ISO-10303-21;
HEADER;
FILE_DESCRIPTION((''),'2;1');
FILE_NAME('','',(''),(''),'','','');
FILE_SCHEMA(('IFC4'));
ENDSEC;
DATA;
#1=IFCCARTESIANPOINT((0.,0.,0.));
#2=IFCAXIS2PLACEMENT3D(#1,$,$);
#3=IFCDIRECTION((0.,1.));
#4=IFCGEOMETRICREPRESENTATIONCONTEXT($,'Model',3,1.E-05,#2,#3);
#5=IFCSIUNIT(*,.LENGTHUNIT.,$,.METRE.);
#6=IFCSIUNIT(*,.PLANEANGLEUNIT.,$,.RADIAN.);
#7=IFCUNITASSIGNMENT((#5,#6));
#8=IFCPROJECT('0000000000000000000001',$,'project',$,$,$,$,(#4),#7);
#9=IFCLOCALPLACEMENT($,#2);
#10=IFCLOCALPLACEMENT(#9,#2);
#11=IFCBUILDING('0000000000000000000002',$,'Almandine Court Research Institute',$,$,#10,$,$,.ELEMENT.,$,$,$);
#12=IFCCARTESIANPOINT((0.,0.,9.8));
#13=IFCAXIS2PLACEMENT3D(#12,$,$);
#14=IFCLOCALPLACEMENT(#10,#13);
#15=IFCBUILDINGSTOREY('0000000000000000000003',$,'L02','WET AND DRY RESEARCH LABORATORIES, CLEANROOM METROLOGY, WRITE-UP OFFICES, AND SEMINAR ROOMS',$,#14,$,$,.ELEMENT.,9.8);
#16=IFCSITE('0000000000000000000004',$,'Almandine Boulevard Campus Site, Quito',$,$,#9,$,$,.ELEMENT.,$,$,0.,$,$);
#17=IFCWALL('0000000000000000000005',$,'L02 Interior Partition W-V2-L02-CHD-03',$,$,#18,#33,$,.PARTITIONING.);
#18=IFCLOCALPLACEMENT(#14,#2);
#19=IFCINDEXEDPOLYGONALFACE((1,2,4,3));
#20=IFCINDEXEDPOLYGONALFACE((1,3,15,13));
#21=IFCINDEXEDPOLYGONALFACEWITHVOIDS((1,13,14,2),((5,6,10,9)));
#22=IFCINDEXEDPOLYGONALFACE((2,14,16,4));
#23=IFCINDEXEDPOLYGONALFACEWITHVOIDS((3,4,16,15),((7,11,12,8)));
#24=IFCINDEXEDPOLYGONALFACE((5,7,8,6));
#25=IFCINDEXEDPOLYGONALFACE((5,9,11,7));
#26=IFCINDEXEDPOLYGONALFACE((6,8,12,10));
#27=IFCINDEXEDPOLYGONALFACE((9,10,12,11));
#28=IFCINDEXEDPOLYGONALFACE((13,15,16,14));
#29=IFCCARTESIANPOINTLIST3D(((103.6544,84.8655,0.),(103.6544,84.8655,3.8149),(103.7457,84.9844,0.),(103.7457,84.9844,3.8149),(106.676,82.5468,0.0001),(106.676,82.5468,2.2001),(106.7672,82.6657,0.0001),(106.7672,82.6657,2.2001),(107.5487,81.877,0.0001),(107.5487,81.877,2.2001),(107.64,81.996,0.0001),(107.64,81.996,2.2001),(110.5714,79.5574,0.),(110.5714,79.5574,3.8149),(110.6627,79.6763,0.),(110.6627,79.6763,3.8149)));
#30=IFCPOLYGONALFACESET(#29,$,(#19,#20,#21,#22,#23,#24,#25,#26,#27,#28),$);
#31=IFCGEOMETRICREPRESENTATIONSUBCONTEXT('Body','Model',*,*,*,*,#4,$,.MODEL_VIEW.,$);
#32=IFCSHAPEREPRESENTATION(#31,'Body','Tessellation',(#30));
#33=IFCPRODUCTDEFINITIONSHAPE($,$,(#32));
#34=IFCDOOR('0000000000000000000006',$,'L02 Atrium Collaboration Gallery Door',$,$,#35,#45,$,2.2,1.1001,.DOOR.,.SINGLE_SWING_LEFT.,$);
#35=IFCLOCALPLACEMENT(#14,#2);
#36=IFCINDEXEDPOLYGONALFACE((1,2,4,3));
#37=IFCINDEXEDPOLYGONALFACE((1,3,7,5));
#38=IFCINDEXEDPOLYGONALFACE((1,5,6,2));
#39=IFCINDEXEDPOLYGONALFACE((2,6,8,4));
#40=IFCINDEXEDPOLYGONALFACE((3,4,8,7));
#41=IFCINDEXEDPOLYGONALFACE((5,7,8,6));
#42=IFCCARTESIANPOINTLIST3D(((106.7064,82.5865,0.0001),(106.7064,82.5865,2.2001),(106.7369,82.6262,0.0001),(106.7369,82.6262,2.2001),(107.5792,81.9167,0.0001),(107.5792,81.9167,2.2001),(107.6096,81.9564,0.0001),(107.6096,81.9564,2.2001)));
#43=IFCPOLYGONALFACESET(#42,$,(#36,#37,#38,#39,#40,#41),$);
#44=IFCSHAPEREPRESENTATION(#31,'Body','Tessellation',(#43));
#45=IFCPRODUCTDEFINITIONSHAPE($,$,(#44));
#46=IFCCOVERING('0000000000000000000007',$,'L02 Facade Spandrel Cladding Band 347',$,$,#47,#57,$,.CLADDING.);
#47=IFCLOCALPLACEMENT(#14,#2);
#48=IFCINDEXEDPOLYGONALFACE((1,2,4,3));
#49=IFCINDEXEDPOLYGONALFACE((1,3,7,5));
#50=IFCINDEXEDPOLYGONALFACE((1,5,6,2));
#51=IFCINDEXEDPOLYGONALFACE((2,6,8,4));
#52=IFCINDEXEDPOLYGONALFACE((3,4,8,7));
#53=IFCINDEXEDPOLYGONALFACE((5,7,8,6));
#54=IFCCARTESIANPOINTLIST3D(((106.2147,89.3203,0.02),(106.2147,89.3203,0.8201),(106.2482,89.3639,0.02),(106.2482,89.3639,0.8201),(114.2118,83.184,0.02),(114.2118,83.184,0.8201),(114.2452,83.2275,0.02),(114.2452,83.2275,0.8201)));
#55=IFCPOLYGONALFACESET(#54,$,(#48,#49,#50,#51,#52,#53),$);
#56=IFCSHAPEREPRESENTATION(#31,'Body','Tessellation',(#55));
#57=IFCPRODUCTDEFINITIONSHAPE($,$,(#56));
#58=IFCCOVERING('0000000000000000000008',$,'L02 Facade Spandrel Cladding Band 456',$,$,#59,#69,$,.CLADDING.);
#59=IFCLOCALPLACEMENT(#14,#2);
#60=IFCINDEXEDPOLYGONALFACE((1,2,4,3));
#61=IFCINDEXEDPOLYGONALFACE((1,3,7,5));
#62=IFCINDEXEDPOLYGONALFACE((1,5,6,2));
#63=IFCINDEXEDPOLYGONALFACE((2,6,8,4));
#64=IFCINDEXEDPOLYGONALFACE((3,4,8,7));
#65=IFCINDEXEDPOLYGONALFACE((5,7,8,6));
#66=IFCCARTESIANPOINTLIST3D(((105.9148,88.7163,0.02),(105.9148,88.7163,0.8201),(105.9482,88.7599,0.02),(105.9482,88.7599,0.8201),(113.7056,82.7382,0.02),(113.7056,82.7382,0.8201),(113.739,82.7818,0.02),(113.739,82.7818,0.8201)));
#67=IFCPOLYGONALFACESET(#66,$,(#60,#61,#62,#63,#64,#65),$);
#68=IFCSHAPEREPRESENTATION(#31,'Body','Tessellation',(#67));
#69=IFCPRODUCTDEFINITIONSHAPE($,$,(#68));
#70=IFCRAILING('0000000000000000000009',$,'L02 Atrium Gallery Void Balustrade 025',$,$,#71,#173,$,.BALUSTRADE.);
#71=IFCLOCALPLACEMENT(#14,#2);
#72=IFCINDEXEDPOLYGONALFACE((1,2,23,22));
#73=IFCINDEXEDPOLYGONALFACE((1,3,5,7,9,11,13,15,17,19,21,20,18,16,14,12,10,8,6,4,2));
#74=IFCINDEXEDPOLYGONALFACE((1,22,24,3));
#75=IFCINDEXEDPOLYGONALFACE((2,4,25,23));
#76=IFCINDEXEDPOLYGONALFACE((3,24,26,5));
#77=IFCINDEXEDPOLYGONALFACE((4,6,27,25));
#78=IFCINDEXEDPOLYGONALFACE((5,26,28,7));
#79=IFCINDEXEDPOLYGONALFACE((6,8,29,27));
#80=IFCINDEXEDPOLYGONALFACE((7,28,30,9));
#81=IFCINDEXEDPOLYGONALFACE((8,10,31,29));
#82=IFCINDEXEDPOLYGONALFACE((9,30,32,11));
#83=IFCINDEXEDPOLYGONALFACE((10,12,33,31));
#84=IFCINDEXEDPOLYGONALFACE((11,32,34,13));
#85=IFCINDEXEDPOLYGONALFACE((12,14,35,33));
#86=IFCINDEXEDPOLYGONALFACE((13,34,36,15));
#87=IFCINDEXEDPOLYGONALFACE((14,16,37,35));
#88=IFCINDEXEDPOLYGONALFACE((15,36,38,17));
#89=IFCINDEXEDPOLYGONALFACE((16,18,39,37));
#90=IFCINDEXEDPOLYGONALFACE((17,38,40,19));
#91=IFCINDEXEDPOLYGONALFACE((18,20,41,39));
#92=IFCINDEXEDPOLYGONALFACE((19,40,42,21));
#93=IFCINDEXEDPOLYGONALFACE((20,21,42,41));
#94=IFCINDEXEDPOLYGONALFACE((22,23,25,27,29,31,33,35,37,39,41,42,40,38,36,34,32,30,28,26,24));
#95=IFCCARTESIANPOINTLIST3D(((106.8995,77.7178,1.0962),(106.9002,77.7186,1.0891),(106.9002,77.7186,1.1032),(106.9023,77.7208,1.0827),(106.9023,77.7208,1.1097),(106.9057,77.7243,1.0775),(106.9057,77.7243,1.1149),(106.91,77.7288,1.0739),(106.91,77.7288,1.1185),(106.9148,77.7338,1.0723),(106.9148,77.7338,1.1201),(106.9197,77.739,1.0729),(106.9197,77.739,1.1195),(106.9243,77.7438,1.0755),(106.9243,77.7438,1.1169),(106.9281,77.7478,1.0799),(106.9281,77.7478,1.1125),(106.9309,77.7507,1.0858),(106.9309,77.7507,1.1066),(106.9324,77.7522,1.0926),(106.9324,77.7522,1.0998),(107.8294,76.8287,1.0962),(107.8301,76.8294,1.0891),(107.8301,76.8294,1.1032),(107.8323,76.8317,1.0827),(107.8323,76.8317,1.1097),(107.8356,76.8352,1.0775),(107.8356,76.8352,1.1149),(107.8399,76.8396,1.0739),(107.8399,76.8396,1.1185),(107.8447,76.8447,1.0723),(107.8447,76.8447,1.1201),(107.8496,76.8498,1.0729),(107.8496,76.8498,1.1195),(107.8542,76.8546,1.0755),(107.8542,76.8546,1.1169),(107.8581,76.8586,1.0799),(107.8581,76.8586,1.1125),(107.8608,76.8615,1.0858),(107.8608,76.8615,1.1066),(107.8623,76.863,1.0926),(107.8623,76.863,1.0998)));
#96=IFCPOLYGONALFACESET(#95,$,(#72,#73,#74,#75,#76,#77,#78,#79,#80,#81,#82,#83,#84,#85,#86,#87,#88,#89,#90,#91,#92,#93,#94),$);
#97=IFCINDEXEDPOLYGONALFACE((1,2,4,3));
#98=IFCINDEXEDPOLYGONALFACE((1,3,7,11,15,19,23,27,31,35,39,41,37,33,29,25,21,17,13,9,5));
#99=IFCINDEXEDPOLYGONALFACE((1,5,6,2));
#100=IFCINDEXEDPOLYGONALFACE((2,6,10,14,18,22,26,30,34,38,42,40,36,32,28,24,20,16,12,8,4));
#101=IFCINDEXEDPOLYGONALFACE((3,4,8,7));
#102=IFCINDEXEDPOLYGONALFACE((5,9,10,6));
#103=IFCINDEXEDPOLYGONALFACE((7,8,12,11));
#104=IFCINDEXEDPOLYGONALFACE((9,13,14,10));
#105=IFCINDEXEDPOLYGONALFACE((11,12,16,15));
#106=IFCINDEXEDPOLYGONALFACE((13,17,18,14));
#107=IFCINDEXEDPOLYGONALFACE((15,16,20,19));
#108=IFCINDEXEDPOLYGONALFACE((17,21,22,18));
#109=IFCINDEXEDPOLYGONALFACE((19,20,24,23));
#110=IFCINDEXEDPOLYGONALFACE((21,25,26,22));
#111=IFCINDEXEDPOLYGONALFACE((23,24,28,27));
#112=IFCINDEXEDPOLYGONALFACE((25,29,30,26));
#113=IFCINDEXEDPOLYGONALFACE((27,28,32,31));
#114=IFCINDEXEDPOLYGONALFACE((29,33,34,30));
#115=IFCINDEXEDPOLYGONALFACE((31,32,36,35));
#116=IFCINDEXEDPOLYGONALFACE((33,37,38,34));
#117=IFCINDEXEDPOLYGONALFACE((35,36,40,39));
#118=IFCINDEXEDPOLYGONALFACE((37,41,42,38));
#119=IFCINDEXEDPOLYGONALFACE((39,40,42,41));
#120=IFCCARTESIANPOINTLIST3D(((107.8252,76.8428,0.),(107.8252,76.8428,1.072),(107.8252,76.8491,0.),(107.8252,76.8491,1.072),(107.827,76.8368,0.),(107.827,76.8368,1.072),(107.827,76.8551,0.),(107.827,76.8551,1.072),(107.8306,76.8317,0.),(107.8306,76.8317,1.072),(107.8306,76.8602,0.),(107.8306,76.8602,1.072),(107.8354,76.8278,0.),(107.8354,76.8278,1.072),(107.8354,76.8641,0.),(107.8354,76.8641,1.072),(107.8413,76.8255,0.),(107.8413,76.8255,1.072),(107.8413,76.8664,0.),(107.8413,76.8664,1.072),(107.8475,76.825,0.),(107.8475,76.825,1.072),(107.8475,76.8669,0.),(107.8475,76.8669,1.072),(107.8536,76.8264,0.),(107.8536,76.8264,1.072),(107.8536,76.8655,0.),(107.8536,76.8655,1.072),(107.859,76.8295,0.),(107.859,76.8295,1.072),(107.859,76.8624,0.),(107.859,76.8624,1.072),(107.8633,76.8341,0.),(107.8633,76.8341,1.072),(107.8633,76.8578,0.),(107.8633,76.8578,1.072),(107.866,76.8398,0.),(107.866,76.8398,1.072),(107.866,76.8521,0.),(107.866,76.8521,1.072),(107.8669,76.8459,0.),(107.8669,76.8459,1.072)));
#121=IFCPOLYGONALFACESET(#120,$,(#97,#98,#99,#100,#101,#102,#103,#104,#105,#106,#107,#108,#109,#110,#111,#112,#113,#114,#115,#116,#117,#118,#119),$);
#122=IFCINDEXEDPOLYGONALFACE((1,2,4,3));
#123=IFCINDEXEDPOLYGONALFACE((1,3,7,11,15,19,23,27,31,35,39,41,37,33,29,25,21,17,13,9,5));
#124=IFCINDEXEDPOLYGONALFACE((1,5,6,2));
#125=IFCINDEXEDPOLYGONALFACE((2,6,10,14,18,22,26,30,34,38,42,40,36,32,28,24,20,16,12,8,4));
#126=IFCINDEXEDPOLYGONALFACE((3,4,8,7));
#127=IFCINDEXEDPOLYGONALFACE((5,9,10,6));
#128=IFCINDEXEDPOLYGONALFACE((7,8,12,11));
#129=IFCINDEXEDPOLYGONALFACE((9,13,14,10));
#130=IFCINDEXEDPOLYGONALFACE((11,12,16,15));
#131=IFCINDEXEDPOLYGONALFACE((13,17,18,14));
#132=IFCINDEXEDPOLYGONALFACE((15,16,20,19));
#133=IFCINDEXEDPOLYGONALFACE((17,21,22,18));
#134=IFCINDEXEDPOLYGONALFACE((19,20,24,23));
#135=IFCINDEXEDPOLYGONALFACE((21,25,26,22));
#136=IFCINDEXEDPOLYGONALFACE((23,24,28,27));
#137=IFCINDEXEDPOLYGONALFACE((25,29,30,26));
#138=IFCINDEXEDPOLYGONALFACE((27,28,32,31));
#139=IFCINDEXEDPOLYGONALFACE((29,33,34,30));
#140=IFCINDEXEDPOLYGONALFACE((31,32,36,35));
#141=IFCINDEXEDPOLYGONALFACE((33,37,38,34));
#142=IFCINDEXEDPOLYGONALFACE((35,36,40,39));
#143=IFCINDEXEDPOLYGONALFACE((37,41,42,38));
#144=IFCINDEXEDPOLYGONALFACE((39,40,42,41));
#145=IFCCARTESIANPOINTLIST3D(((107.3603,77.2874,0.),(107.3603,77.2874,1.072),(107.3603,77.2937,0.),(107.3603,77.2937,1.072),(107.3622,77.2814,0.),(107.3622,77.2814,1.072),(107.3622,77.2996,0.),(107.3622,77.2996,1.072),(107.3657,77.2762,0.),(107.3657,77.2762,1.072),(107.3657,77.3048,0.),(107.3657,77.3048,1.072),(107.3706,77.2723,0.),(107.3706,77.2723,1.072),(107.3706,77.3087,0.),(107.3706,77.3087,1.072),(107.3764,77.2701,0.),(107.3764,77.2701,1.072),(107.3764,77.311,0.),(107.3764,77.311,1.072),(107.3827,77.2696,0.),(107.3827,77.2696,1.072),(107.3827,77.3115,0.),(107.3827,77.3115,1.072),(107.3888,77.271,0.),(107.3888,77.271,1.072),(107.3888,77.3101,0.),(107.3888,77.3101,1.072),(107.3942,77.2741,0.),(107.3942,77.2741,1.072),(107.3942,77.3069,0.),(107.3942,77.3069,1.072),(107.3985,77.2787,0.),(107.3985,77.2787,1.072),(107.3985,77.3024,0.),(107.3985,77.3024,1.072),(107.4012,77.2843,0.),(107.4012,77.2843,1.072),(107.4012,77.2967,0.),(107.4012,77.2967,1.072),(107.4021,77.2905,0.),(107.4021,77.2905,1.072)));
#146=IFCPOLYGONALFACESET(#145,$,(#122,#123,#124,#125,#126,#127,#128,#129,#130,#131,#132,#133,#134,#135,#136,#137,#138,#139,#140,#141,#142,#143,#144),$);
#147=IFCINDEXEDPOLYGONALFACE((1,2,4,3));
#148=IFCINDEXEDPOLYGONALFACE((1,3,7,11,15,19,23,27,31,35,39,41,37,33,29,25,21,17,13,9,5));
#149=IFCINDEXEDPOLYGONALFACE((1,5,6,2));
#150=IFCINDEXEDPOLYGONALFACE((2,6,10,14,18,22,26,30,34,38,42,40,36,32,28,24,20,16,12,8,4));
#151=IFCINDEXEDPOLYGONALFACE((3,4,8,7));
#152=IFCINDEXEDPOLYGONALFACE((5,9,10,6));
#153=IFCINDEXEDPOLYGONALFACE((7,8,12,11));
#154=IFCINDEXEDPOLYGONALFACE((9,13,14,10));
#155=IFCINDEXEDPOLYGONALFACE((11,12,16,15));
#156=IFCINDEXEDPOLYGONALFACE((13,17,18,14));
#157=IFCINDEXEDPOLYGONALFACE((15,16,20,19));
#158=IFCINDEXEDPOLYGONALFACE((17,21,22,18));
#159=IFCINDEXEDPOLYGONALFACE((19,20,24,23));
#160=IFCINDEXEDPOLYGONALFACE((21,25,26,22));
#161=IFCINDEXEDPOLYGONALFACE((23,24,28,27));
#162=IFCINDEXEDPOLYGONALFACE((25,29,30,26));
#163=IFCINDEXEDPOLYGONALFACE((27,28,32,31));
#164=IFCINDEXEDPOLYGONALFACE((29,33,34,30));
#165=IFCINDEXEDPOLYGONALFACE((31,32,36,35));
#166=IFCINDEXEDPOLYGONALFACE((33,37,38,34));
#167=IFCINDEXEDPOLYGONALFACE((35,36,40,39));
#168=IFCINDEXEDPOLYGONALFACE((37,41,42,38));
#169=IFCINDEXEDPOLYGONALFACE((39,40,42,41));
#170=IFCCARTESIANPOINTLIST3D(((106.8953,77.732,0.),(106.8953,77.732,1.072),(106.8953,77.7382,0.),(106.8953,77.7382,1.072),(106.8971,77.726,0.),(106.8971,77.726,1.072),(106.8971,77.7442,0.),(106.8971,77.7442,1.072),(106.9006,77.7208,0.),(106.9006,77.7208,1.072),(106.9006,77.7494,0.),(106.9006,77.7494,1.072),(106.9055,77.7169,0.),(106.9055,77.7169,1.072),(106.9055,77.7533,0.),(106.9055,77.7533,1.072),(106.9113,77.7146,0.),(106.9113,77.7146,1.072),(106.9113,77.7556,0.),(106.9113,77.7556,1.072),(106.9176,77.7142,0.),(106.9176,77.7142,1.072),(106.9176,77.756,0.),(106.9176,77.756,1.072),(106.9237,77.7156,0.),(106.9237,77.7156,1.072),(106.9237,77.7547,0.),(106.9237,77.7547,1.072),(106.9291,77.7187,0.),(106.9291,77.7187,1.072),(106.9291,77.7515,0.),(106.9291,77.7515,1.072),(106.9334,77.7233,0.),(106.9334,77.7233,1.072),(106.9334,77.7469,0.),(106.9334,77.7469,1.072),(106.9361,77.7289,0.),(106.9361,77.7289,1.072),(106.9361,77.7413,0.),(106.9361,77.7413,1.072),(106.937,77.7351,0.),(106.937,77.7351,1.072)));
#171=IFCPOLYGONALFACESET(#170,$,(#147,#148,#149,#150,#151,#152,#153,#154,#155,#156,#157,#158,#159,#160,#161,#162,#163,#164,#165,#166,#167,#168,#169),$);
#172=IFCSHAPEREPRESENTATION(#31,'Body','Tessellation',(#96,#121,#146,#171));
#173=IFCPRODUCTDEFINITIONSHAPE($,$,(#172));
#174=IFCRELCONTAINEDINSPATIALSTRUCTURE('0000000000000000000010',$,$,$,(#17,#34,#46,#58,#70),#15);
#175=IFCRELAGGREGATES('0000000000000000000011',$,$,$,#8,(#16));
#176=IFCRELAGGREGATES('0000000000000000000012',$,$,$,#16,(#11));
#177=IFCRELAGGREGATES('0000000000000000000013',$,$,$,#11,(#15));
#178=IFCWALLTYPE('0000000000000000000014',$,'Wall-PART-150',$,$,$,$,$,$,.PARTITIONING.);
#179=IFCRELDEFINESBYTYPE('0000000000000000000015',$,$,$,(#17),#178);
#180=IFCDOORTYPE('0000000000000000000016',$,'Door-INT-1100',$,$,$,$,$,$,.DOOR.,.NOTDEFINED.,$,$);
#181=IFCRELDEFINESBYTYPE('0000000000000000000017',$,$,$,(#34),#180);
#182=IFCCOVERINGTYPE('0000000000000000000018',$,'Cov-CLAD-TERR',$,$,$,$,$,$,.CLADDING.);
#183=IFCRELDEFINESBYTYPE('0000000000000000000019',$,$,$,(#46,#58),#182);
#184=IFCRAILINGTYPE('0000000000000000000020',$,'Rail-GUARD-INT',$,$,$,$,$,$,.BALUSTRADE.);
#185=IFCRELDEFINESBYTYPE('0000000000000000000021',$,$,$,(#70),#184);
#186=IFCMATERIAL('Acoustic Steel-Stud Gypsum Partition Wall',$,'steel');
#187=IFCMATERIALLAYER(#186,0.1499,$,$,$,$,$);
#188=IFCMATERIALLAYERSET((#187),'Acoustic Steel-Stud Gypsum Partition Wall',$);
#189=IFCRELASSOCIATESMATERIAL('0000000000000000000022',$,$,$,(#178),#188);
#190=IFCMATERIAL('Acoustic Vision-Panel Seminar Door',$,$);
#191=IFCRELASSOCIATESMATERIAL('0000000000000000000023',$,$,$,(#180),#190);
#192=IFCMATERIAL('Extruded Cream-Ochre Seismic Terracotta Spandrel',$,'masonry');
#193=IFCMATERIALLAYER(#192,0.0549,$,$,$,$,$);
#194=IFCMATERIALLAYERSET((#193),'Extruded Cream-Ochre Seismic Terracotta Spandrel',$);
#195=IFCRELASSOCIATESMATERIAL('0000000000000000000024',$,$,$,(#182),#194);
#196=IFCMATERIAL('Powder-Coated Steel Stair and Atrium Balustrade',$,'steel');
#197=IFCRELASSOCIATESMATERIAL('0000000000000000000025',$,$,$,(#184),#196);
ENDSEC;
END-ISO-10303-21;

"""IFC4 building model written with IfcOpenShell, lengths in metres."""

from ifc_helpers import new_model, si_unit, direction, frame, frame_2d, origin, origin_2d, place, context, subcontext, project, spatial, rectangle, circle, extrude, material, layer, layer_set, type_object, element, fill, save


model = new_model("IFC4")

# Units and contexts
model_context = context("Model", 3, precision=1e-05, world=origin(), true_north=direction((0.0, 1.0)))
body_context = subcontext(model_context, "Body", "Model", "MODEL_VIEW")
ifc_project = project(units=[si_unit("LENGTHUNIT", "METRE"), si_unit("PLANEANGLEUNIT", "RADIAN")], contexts=[model_context])

# Site, building, storey
site_placement = place(None, origin())
site = spatial("IfcSite", under=ifc_project, at=site_placement, Name="Almandine Boulevard Campus Site, Quito", CompositionType="ELEMENT", RefElevation=0.0)
building_placement = place(site_placement, origin())
building = spatial("IfcBuilding", under=site, at=building_placement, Name="Almandine Court Research Institute", CompositionType="ELEMENT")
storey_placement = place(building_placement, frame((0.0, 0.0, 9.8)))
storey = spatial("IfcBuildingStorey", under=building, at=storey_placement, Name="L02", Description="WET AND DRY RESEARCH LABORATORIES, CLEANROOM METROLOGY, WRITE-UP OFFICES, AND SEMINAR ROOMS", CompositionType="ELEMENT", Elevation=9.8)

# Shared definitions
ifc_material_1 = material(Name="Acoustic Steel-Stud Gypsum Partition Wall", Category="steel")
ifc_layer_1 = layer(ifc_material_1, 0.1499)
ifc_layer_set_1 = layer_set([ifc_layer_1], Name="Acoustic Steel-Stud Gypsum Partition Wall")
wall_type_1 = type_object("IfcWallType", Name="Wall-PART-150", PredefinedType="PARTITIONING", material=ifc_layer_set_1)

# Wall, opening, door
wall_1_placement = place(storey_placement, frame((110.6169, 79.6169, 0.0), z_axis=(0.0, 0.0, 1.0), x_axis=(-0.793325, 0.608798, 0.0)))
wall_1 = element("IfcWall", 1, at=wall_1_placement, inside=storey, type_object=wall_type_1, Name="L02 Interior Partition W-V2-L02-CHD-03", PredefinedType="PARTITIONING", context=body_context, shape_type="SweptSolid", body=[
    extrude(rectangle(XDim=8.719, YDim=0.1499, at=frame_2d((4.3594, 0.0))), origin(), (0.0, 0.0, 1.0), 3.8149),
])
opening_1_placement = place(wall_1_placement, frame((3.8101, 0.0, 0.0)))
opening_1 = element("IfcOpeningElement", 2, at=opening_1_placement, cuts=wall_1, PredefinedType="OPENING", context=body_context, shape_type="SweptSolid", body=[
    extrude(rectangle(XDim=1.1001, YDim=2.2, at=frame_2d((0.55, 1.1001))), frame((0.0, 0.085, 0.0), z_axis=(0.0, -1.0, 0.0), x_axis=(1.0, 0.0, 0.0)), (0.0, 0.0, 1.0), 0.1699),
])
ifc_material_2 = material(Name="Acoustic Vision-Panel Seminar Door")
door_type = type_object("IfcDoorType", Name="Door-INT-1100", OperationType="NOTDEFINED", PredefinedType="DOOR", material=ifc_material_2)
door_placement = place(opening_1_placement, origin())
door = element("IfcDoor", 3, at=door_placement, inside=storey, type_object=door_type, Name="L02 Atrium Collaboration Gallery Door", OperationType="SINGLE_SWING_LEFT", OverallHeight=2.2, OverallWidth=1.1001, PredefinedType="DOOR", context=body_context, shape_type="SweptSolid", body=[
    extrude(rectangle(XDim=1.1001, YDim=2.2, at=frame_2d((0.55, 1.1001))), frame((0.0, 0.0249, 0.0), z_axis=(0.0, -1.0, 0.0), x_axis=(1.0, 0.0, 0.0)), (0.0, 0.0, 1.0), 0.05),
])
fill(opening_1, door)

# Coverings
ifc_material_3 = material(Name="Extruded Cream-Ochre Seismic Terracotta Spandrel", Category="masonry")
ifc_layer_2 = layer(ifc_material_3, 0.0549)
ifc_layer_set_2 = layer_set([ifc_layer_2], Name="Extruded Cream-Ochre Seismic Terracotta Spandrel")
covering_type = type_object("IfcCoveringType", Name="Cov-CLAD-TERR", PredefinedType="CLADDING", material=ifc_layer_set_2)
covering_1_placement = place(storey_placement, frame((110.23, 86.2739, 0.02), z_axis=(0.0, 0.0, 1.0), x_axis=(-0.793353, 0.608761, 0.0)))
element("IfcCovering", 4, at=covering_1_placement, inside=storey, type_object=covering_type, Name="L02 Facade Spandrel Cladding Band 347", PredefinedType="CLADDING", context=body_context, shape_type="SweptSolid", body=[
    extrude(rectangle(XDim=10.0801, YDim=0.0549, at=origin_2d()), origin(), (0.0, 0.0, 1.0), 0.8),
])
covering_2_placement = place(storey_placement, frame((109.8269, 85.749, 0.02), z_axis=(0.0, 0.0, 1.0), x_axis=(0.793353, -0.608761, 0.0)))
element("IfcCovering", 5, at=covering_2_placement, inside=storey, type_object=covering_type, Name="L02 Facade Spandrel Cladding Band 456", PredefinedType="CLADDING", context=body_context, shape_type="SweptSolid", body=[
    extrude(rectangle(XDim=9.8201, YDim=0.0549, at=origin_2d()), origin(), (0.0, 0.0, 1.0), 0.8),
])

# Railing
ifc_material_4 = material(Name="Powder-Coated Steel Stair and Atrium Balustrade", Category="steel")
railing_type = type_object("IfcRailingType", Name="Rail-GUARD-INT", PredefinedType="BALUSTRADE", material=ifc_material_4)
railing_1_placement = place(storey_placement, frame((107.8459, 76.8459, 0.0)))
element("IfcRailing", 6, at=railing_1_placement, inside=storey, type_object=railing_type, Name="L02 Atrium Gallery Void Balustrade 025", PredefinedType="BALUSTRADE", context=body_context, shape_type="SweptSolid", body=[
    extrude(circle(Radius=0.0239, at=origin_2d()), frame((0.0, 0.0, 1.0962), z_axis=(-0.722774, 0.691085, 0.0), x_axis=(-0.691085, -0.722774, 0.0)), (0.0, 0.0, 1.0), 1.2866),
    extrude(circle(Radius=0.021, at=origin_2d()), origin(), (0.0, 0.0, 1.0), 1.072),
    extrude(circle(Radius=0.021, at=origin_2d()), frame((-0.4648, 0.4446, 0.0)), (0.0, 0.0, 1.0), 1.072),
    extrude(circle(Radius=0.021, at=origin_2d()), frame((-0.9299, 0.8892, 0.0)), (0.0, 0.0, 1.0), 1.072),
])

save(model, "model.ifc")
